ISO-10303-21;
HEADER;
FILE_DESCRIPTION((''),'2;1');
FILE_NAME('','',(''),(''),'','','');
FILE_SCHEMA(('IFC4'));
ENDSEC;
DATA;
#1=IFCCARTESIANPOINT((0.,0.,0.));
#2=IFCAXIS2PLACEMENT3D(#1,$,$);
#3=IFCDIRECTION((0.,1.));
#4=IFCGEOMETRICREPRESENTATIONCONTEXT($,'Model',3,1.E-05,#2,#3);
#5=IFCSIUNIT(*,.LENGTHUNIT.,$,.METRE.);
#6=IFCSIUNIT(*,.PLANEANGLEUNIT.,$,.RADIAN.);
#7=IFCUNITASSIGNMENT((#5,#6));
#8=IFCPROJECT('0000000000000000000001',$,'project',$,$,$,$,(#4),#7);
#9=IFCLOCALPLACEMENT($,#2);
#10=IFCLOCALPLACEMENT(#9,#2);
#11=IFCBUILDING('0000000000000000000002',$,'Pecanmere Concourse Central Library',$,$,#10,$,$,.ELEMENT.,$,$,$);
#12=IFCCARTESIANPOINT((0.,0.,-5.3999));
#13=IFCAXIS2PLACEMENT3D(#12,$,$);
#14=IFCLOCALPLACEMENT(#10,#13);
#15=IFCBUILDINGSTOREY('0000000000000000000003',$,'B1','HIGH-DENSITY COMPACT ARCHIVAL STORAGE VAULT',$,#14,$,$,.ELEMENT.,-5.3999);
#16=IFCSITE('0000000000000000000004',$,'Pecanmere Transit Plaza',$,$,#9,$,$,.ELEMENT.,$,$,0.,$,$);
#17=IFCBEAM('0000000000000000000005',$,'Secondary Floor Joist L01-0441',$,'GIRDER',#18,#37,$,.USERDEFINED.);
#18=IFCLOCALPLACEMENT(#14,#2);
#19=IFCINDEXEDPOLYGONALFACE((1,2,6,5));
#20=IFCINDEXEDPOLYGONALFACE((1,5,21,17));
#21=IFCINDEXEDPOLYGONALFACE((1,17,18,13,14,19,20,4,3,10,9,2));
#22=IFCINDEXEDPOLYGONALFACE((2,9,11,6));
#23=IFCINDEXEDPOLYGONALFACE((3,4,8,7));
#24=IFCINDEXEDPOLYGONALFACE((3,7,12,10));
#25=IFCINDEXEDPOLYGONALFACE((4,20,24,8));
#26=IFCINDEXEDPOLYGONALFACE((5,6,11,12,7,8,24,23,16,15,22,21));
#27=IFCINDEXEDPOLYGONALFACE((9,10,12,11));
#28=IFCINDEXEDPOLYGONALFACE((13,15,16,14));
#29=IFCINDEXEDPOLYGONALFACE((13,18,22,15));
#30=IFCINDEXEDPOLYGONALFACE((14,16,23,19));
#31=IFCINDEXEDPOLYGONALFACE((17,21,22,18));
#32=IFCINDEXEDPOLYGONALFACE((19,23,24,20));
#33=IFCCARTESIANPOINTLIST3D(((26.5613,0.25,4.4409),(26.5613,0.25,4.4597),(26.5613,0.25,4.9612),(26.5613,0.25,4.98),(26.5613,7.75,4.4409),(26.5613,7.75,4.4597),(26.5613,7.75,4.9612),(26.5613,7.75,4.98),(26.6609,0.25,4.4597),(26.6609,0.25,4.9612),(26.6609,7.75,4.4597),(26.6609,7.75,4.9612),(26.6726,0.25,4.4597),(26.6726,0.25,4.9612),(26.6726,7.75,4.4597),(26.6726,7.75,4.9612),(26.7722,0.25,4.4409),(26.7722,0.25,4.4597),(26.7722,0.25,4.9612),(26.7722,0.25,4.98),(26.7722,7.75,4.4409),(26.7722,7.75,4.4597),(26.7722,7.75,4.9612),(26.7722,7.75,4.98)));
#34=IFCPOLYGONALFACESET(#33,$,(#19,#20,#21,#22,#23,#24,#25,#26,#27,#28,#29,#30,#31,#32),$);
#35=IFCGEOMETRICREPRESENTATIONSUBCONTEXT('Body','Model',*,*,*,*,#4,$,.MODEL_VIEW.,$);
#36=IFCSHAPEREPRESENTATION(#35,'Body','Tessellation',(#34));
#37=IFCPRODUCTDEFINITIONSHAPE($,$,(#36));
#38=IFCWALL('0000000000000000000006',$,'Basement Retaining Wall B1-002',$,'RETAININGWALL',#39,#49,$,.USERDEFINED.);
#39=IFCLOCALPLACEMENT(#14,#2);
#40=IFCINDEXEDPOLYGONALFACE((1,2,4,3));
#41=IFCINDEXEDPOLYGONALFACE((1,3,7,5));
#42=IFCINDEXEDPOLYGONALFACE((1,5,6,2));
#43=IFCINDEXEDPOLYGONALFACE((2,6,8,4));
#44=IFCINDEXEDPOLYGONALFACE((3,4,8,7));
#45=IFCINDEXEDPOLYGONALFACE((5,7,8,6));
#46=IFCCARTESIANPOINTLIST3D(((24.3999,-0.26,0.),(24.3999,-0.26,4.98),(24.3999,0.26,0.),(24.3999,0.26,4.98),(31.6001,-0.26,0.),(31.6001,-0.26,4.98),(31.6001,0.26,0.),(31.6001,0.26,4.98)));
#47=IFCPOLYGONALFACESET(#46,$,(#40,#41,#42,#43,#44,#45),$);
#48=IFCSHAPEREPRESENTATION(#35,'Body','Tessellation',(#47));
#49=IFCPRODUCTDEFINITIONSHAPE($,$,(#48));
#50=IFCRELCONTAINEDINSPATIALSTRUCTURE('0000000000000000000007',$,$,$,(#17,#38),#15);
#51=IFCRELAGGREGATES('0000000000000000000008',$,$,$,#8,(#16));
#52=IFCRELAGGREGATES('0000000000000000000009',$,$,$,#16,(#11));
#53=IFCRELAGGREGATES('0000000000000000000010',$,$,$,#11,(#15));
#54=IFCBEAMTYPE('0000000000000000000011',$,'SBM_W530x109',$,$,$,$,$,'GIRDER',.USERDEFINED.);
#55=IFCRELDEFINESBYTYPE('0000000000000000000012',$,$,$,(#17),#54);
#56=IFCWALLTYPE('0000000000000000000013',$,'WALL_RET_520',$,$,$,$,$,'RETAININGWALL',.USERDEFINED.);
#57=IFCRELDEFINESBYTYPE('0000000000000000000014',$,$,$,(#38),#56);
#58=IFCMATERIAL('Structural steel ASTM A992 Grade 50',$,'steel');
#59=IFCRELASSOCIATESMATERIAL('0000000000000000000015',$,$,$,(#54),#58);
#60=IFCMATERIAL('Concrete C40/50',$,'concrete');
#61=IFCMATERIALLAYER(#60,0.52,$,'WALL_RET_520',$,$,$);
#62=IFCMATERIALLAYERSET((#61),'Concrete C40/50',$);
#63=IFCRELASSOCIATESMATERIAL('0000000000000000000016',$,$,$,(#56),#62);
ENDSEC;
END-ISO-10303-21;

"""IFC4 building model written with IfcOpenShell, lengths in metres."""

from ifc_helpers import new_model, si_unit, direction, frame, frame_2d, origin, origin_2d, place, context, subcontext, project, spatial, rectangle, i_section, extrude, material, layer, layer_set, material_profile, profile_set, type_object, element, save


model = new_model("IFC4")

# Units and contexts
model_context = context("Model", 3, precision=1e-05, world=origin(), true_north=direction((0.0, 1.0)))
body_context = subcontext(model_context, "Body", "Model", "MODEL_VIEW")
ifc_project = project(units=[si_unit("LENGTHUNIT", "METRE"), si_unit("PLANEANGLEUNIT", "RADIAN")], contexts=[model_context])

# Site, building, storey
site_placement = place(None, origin())
site = spatial("IfcSite", under=ifc_project, at=site_placement, Name="Pecanmere Transit Plaza", CompositionType="ELEMENT", RefElevation=0.0)
building_placement = place(site_placement, origin())
building = spatial("IfcBuilding", under=site, at=building_placement, Name="Pecanmere Concourse Central Library", CompositionType="ELEMENT")
storey_placement = place(building_placement, frame((0.0, 0.0, -5.3999)))
storey = spatial("IfcBuildingStorey", under=building, at=storey_placement, Name="B1", Description="HIGH-DENSITY COMPACT ARCHIVAL STORAGE VAULT", CompositionType="ELEMENT", Elevation=-5.3999)

# Beam
ifc_material_1 = material(Name="Structural steel ASTM A992 Grade 50", Category="steel")
ifc_material_profile_1 = material_profile(ifc_material_1, i_section(OverallWidth=0.2109, OverallDepth=0.5391, WebThickness=0.0117, FlangeThickness=0.0188, at=origin_2d()), Name="W530x109")
ifc_profile_set_1 = profile_set([ifc_material_profile_1], Name="Structural steel ASTM A992 Grade 50")
beam_type_1 = type_object("IfcBeamType", Name="SBM_W530x109", ElementType="GIRDER", PredefinedType="USERDEFINED", material=ifc_profile_set_1)
beam_1_placement = place(storey_placement, frame((26.6667, 0.25, 4.7104), z_axis=(0.0, 1.0, 0.0), x_axis=(-1.0, 0.0, 0.0)))
element("IfcBeam", 1, at=beam_1_placement, inside=storey, type_object=beam_type_1, Name="Secondary Floor Joist L01-0441", ObjectType="GIRDER", PredefinedType="USERDEFINED", context=body_context, shape_type="SweptSolid", body=[
    extrude(i_section(OverallWidth=0.2109, OverallDepth=0.5391, WebThickness=0.0117, FlangeThickness=0.0188, at=origin_2d()), origin(), (0.0, 0.0, 1.0), 7.5),
])

# Wall
ifc_material_2 = material(Name="Concrete C40/50", Category="concrete")
ifc_layer = layer(ifc_material_2, 0.52, Name="WALL_RET_520")
ifc_layer_set = layer_set([ifc_layer], Name="Concrete C40/50")
wall_type = type_object("IfcWallType", Name="WALL_RET_520", ElementType="RETAININGWALL", PredefinedType="USERDEFINED", material=ifc_layer_set)
wall_placement = place(storey_placement, frame((24.3999, 0.0, 0.0), z_axis=(0.0, 0.0, 1.0), x_axis=(1.0, 0.0, 0.0)))
element("IfcWall", 2, at=wall_placement, inside=storey, type_object=wall_type, Name="Basement Retaining Wall B1-002", ObjectType="RETAININGWALL", PredefinedType="USERDEFINED", context=body_context, shape_type="SweptSolid", body=[
    extrude(rectangle(XDim=7.2002, YDim=0.52, at=frame_2d((3.6001, 0.0))), origin(), (0.0, 0.0, 1.0), 4.98),
])

save(model, "model.ifc")
